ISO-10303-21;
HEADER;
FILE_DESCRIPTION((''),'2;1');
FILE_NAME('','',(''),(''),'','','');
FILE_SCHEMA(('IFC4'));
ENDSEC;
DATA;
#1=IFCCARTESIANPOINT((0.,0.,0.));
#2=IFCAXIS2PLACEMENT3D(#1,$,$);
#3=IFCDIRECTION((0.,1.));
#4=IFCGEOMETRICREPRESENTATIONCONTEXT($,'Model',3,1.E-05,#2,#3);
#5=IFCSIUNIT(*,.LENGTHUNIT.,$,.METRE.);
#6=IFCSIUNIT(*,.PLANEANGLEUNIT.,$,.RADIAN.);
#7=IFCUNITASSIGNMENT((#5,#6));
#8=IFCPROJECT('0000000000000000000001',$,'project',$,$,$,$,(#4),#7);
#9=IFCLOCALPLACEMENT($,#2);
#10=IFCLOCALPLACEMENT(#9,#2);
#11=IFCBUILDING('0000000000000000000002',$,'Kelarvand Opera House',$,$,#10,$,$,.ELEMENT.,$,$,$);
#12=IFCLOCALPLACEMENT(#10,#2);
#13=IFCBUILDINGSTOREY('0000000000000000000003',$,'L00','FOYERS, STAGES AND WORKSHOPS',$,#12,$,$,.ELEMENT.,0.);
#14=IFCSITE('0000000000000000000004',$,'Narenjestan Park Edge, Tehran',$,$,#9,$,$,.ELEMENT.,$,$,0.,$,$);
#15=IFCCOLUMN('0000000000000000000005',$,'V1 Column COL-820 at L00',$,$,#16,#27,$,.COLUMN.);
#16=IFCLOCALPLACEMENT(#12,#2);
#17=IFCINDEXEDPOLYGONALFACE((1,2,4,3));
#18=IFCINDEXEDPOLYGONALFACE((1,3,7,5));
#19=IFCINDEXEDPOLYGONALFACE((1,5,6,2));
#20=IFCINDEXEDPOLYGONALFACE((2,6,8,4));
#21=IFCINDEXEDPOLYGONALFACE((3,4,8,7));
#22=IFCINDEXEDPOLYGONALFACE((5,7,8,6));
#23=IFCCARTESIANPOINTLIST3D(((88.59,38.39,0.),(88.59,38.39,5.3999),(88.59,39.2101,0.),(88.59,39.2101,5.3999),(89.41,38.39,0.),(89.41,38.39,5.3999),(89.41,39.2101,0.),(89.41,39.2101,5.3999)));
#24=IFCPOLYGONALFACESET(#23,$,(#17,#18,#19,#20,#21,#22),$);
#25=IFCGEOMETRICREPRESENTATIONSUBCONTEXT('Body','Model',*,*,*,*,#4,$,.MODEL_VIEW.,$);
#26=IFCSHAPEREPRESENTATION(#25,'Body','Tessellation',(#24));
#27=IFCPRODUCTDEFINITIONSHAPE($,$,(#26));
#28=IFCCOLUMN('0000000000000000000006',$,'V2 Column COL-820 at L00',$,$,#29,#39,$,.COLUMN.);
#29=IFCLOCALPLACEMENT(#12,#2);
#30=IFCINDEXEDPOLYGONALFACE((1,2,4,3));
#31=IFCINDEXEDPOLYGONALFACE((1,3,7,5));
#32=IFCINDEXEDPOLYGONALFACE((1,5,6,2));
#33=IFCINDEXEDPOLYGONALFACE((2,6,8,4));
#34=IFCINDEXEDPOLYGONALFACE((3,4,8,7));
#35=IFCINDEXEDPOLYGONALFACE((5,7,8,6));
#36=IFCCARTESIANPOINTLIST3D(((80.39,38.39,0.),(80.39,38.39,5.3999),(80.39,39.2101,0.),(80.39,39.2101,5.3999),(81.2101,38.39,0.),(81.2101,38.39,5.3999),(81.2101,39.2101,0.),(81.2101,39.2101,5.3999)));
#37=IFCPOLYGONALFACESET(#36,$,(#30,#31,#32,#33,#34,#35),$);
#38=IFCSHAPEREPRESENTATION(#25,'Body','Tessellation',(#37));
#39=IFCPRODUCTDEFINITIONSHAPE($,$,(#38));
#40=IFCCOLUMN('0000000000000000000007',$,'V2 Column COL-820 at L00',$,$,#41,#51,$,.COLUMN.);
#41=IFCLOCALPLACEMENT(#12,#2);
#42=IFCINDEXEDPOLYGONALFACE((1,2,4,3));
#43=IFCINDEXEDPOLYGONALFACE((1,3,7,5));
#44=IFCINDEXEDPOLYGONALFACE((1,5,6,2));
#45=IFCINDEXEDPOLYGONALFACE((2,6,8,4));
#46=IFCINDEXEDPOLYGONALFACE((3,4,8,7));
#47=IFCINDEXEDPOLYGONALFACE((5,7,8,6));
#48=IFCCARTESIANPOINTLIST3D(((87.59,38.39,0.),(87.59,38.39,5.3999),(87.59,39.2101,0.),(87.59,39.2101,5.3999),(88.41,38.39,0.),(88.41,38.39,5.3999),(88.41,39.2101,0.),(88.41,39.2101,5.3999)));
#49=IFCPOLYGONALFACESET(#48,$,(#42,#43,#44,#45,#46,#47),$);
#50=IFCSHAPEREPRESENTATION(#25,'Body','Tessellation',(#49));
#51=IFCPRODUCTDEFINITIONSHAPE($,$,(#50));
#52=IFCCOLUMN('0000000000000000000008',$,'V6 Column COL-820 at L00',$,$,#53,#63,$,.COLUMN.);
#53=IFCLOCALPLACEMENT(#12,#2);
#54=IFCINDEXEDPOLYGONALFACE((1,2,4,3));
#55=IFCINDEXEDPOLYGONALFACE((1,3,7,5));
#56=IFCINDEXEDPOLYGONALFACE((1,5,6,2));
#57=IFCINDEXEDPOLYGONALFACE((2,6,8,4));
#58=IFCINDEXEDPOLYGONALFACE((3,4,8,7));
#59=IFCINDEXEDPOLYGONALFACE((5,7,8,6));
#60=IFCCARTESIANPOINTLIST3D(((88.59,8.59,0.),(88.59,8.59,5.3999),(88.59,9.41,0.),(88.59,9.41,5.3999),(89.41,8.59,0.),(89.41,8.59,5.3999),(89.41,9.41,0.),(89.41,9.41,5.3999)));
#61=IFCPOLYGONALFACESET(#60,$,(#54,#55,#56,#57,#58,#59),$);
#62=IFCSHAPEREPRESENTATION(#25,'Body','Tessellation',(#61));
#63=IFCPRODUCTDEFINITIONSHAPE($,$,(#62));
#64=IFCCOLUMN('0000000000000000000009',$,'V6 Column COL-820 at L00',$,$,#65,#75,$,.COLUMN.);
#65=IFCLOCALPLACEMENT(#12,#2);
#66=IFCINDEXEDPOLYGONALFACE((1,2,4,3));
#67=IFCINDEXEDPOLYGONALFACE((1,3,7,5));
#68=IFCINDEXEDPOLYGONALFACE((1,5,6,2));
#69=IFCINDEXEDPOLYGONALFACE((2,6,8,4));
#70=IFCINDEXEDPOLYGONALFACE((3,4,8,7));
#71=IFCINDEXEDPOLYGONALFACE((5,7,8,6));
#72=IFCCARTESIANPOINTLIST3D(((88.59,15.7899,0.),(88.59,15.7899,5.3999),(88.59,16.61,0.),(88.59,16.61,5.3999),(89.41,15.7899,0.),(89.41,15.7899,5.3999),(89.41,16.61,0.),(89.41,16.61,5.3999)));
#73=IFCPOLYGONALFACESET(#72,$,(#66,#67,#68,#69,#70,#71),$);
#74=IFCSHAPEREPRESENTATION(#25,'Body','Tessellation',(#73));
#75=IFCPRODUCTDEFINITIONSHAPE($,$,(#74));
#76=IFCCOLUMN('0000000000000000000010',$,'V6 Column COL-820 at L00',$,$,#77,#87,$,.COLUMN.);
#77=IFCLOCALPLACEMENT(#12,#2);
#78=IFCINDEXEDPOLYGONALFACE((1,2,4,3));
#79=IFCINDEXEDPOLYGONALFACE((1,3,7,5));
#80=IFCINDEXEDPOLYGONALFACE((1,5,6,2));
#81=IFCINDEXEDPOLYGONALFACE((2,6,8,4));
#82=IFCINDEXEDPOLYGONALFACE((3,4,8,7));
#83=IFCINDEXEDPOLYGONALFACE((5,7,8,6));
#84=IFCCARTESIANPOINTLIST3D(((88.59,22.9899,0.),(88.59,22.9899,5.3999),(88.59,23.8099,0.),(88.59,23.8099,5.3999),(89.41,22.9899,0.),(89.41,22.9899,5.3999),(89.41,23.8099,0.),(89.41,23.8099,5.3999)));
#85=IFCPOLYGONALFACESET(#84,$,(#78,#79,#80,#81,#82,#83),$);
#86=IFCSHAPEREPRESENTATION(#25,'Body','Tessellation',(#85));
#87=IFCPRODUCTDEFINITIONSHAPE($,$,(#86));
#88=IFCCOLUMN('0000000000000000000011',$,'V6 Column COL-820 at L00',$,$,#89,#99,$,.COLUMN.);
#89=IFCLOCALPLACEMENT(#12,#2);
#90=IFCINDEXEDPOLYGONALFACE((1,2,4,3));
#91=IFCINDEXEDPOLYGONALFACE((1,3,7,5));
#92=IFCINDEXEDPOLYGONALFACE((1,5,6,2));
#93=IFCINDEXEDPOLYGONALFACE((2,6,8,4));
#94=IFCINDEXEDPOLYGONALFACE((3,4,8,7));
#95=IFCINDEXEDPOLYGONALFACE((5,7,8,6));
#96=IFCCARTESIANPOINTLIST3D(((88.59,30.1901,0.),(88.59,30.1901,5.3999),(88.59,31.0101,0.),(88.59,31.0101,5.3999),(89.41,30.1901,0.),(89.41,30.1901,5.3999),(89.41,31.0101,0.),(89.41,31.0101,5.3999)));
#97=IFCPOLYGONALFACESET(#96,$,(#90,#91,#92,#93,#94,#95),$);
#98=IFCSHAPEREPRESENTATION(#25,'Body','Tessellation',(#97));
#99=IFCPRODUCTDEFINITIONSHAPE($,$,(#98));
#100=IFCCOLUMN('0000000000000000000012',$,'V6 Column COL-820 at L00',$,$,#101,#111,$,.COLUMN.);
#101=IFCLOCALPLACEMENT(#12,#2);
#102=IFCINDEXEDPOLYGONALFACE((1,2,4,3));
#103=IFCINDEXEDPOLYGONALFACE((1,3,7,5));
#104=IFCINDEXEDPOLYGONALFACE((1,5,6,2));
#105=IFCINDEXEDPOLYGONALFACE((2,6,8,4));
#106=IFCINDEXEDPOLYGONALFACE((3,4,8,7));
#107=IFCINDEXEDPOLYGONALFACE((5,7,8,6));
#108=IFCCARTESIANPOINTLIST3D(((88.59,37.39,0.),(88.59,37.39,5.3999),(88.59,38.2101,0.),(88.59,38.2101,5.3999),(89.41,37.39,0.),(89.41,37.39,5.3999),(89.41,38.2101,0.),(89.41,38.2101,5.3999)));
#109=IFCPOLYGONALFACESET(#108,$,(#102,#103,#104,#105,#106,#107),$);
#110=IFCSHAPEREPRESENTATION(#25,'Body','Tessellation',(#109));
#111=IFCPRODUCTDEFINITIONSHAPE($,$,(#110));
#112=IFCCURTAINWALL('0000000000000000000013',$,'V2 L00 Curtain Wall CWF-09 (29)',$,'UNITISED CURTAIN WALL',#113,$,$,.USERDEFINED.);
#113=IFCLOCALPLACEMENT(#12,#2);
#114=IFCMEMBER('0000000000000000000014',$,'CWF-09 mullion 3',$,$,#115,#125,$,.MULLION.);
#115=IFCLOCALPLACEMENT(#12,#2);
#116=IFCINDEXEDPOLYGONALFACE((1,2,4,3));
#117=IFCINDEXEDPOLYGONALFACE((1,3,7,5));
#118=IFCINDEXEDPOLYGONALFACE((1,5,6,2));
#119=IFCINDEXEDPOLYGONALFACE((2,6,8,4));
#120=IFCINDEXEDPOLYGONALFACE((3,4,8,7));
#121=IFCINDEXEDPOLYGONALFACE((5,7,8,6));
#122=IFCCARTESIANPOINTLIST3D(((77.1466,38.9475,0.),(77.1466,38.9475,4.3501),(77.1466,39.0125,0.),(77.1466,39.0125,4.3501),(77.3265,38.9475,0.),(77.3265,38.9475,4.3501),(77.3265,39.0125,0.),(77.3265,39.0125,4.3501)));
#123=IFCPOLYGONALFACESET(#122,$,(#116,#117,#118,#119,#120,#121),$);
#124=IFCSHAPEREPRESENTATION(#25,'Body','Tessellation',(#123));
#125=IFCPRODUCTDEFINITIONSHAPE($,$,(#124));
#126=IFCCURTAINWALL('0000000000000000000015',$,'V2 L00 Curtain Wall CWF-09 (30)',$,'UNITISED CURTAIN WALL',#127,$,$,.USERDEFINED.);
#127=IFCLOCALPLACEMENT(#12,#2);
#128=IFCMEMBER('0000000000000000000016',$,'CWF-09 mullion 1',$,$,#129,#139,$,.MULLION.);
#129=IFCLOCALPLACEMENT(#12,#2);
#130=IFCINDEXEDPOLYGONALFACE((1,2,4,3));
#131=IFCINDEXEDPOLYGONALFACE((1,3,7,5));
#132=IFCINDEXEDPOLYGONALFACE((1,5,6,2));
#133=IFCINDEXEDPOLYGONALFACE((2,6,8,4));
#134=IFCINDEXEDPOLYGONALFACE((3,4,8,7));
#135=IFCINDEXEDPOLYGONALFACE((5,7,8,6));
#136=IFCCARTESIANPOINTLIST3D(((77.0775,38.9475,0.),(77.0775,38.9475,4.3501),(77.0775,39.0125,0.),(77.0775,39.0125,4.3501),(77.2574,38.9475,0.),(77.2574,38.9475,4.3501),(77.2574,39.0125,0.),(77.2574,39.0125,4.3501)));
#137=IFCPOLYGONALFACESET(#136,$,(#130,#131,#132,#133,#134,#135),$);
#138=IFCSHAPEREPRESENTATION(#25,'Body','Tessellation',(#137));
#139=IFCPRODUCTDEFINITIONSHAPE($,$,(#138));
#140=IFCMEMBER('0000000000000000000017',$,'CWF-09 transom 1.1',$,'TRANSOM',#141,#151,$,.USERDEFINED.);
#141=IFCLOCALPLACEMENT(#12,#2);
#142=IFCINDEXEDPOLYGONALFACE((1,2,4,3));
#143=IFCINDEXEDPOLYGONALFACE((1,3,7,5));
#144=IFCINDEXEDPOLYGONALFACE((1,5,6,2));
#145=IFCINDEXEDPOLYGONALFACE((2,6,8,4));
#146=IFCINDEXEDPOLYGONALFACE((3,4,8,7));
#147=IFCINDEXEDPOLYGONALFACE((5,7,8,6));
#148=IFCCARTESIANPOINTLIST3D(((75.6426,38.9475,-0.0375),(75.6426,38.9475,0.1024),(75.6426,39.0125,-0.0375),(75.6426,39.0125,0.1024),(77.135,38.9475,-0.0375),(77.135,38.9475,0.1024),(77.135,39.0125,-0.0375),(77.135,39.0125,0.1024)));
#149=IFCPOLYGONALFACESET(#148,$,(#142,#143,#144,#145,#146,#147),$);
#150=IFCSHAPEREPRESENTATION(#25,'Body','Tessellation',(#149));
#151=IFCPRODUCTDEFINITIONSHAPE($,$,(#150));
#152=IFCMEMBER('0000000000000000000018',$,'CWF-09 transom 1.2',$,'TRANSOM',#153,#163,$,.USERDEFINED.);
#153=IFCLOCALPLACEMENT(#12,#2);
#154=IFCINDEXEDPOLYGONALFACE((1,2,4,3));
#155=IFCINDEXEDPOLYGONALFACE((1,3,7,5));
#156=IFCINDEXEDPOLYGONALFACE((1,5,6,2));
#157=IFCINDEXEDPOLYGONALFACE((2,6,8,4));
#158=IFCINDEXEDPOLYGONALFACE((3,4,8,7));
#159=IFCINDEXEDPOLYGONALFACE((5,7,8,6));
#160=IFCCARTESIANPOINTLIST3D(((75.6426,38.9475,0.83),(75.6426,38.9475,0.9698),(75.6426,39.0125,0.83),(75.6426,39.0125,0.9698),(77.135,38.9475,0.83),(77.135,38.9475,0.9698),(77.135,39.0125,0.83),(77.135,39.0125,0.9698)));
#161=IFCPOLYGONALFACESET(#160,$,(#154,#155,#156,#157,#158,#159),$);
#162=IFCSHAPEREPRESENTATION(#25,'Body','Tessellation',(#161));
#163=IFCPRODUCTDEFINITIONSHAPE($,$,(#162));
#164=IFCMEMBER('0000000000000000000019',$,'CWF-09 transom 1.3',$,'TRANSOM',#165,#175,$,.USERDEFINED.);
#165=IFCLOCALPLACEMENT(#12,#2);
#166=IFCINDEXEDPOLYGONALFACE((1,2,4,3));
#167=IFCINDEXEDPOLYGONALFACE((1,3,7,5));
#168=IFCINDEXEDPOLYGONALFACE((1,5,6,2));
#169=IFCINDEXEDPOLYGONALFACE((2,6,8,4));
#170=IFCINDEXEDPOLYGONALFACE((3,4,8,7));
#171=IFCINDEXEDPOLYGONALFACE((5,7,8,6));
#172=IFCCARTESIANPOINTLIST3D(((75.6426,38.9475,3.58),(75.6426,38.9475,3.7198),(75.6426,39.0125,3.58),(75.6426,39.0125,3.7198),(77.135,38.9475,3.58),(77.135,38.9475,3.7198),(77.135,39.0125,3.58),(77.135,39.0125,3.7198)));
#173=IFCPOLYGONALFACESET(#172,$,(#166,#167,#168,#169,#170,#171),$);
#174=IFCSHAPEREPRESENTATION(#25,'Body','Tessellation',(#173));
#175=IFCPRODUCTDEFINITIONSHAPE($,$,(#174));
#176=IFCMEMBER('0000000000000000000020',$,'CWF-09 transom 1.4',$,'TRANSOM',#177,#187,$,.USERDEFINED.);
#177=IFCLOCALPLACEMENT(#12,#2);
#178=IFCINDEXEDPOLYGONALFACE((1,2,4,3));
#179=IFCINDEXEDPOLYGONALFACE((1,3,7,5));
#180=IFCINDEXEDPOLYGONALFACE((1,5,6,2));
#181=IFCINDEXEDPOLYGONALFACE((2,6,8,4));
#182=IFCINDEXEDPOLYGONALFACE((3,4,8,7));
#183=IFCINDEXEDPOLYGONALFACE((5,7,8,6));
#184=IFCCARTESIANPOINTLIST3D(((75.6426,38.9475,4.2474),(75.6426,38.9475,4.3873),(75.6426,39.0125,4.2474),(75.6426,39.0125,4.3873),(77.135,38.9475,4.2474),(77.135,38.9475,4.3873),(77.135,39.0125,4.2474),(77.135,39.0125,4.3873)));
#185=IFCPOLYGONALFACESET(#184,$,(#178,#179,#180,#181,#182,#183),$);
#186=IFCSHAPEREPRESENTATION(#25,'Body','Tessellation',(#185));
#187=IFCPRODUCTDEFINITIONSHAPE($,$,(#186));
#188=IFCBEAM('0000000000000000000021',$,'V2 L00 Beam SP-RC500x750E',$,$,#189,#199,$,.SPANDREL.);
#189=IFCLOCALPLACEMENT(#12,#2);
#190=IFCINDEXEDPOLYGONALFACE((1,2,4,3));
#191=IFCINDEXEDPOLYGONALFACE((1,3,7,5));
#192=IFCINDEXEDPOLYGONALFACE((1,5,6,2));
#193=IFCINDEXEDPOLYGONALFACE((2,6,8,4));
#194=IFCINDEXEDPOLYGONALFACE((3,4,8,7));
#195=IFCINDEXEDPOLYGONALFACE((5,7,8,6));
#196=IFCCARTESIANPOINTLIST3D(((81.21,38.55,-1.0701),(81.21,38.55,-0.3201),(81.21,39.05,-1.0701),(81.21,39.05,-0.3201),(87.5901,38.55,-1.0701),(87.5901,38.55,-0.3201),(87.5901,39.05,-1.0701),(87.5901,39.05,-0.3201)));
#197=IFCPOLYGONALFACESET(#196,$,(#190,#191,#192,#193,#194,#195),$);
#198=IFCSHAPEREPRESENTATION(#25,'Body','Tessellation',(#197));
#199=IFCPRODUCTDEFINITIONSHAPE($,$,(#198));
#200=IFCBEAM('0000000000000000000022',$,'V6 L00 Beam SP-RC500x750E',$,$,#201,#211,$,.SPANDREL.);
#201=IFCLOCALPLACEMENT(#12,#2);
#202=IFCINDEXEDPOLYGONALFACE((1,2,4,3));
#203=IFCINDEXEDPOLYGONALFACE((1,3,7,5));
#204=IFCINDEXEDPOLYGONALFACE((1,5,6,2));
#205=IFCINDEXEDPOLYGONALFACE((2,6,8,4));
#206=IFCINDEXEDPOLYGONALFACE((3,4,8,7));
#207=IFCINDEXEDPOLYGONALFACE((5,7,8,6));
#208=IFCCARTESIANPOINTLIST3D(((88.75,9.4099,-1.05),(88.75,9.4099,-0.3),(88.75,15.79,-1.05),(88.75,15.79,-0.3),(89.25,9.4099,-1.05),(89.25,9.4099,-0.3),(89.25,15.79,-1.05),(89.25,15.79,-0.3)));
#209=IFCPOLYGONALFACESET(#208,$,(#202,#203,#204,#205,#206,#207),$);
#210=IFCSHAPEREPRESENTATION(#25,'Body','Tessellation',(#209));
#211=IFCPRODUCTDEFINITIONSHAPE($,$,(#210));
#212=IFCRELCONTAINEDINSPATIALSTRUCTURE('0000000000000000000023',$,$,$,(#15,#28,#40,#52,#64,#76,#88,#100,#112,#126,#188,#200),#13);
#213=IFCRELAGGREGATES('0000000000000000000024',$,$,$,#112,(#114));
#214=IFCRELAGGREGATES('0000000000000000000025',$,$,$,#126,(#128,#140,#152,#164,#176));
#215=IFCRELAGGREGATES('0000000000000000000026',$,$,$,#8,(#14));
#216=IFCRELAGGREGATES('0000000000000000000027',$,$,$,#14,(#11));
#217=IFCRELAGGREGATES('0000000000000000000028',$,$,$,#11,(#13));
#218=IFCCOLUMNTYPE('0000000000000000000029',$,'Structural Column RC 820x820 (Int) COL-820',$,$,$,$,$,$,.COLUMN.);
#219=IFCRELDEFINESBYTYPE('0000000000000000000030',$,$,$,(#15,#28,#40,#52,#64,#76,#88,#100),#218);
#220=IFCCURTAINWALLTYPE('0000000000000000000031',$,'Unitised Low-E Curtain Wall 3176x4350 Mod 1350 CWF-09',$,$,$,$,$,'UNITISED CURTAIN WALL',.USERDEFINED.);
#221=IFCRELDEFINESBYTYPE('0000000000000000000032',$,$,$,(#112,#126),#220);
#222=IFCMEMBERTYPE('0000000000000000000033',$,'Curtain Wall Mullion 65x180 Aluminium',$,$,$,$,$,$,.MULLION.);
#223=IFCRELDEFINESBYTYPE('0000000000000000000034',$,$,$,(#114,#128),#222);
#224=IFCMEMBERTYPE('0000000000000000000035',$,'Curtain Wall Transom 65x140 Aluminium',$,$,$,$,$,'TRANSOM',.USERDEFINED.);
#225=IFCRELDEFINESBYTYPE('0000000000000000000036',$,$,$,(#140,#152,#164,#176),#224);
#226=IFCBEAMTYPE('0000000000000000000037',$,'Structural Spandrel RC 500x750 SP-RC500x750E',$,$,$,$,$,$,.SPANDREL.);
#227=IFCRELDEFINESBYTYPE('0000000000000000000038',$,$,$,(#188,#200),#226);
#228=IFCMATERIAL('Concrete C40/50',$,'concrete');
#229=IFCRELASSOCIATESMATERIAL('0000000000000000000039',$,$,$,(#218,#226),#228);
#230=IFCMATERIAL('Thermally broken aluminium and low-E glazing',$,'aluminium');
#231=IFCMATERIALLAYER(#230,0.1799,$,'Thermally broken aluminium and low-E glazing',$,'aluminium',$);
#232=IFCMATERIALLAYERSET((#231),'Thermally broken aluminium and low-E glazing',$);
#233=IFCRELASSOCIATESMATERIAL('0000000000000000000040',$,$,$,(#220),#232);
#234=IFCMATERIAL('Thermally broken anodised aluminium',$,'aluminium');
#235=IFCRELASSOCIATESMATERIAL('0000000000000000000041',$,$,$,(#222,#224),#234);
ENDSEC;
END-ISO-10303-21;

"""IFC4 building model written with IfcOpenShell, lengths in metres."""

from ifc_helpers import new_model, si_unit, direction, frame, origin, origin_2d, place, context, subcontext, project, spatial, rectangle, extrude, material, layer, layer_set, material_profile, profile_set, type_object, element, aggregate, save


model = new_model("IFC4")

# Units and contexts
model_context = context("Model", 3, precision=1e-05, world=origin(), true_north=direction((0.0, 1.0)))
body_context = subcontext(model_context, "Body", "Model", "MODEL_VIEW")
ifc_project = project(units=[si_unit("LENGTHUNIT", "METRE"), si_unit("PLANEANGLEUNIT", "RADIAN")], contexts=[model_context])

# Site, building, storey
site_placement = place(None, origin())
site = spatial("IfcSite", under=ifc_project, at=site_placement, Name="Narenjestan Park Edge, Tehran", CompositionType="ELEMENT", RefElevation=0.0)
building_placement = place(site_placement, origin())
building = spatial("IfcBuilding", under=site, at=building_placement, Name="Kelarvand Opera House", CompositionType="ELEMENT")
storey_placement = place(building_placement, origin())
storey = spatial("IfcBuildingStorey", under=building, at=storey_placement, Name="L00", Description="FOYERS, STAGES AND WORKSHOPS", CompositionType="ELEMENT", Elevation=0.0)

# Columns
ifc_material_1 = material(Name="Concrete C40/50", Category="concrete")
ifc_material_profile_1 = material_profile(ifc_material_1, rectangle(XDim=0.8201, YDim=0.8201, at=origin_2d()), Name="RC 820x820", Category="concrete")
ifc_profile_set_1 = profile_set([ifc_material_profile_1], Name="Concrete C40/50")
column_type = type_object("IfcColumnType", Name="Structural Column RC 820x820 (Int) COL-820", PredefinedType="COLUMN", material=ifc_profile_set_1)
for number, where, z_axis, x_axis, name in (
    (1, (89.0, 38.8, 0.0), (0.0, 0.0, 1.0), (1.0, 0.0, 0.0), "V1 Column COL-820 at L00"),
    (2, (80.8, 38.8, 0.0), (0.0, 0.0, 1.0), (1.0, 0.0, 0.0), "V2 Column COL-820 at L00"),
    (3, (88.0, 38.8, 0.0), (0.0, 0.0, 1.0), (1.0, 0.0, 0.0), "V2 Column COL-820 at L00"),
    (4, (89.0, 9.0, 0.0), (0.0, 0.0, 1.0), (1.0, 0.0, 0.0), "V6 Column COL-820 at L00"),
    (5, (89.0, 16.2, 0.0), (0.0, 0.0, 1.0), (1.0, 0.0, 0.0), "V6 Column COL-820 at L00"),
    (6, (89.0, 23.3999, 0.0), (0.0, 0.0, 1.0), (1.0, 0.0, 0.0), "V6 Column COL-820 at L00"),
    (7, (89.0, 30.6001, 0.0), (0.0, 0.0, 1.0), (1.0, 0.0, 0.0), "V6 Column COL-820 at L00"),
    (8, (89.0, 37.8, 0.0), (0.0, 0.0, 1.0), (1.0, 0.0, 0.0), "V6 Column COL-820 at L00"),
):
    element("IfcColumn", number, at=place(storey_placement, frame(where, z_axis=z_axis, x_axis=x_axis)), inside=storey, type_object=column_type, Name=name, PredefinedType="COLUMN", context=body_context, shape_type="SweptSolid", body=[
        extrude(rectangle(XDim=0.8201, YDim=0.8201, at=origin_2d()), origin(), (0.0, 0.0, 1.0), 5.3999),
    ])

# Curtain wall, member
ifc_material_2 = material(Name="Thermally broken aluminium and low-E glazing", Category="aluminium")
ifc_layer_1 = layer(ifc_material_2, 0.1799, Name="Thermally broken aluminium and low-E glazing", Category="aluminium")
ifc_layer_set_1 = layer_set([ifc_layer_1], Name="Thermally broken aluminium and low-E glazing")
curtain_wall_type = type_object("IfcCurtainWallType", Name="Unitised Low-E Curtain Wall 3176x4350 Mod 1350 CWF-09", ElementType="UNITISED CURTAIN WALL", PredefinedType="USERDEFINED", material=ifc_layer_set_1)
curtain_wall_1_placement = place(storey_placement, origin())
curtain_wall_1 = element("IfcCurtainWall", 9, at=curtain_wall_1_placement, inside=storey, type_object=curtain_wall_type, Name="V2 L00 Curtain Wall CWF-09 (29)", ObjectType="UNITISED CURTAIN WALL", PredefinedType="USERDEFINED")
ifc_material_3 = material(Name="Thermally broken anodised aluminium", Category="aluminium")
ifc_material_profile_2 = material_profile(ifc_material_3, rectangle(XDim=0.0649, YDim=0.1799, at=origin_2d()), Name="ALU MULLION 65x180", Category="aluminium")
ifc_profile_set_2 = profile_set([ifc_material_profile_2], Name="Thermally broken anodised aluminium")
member_type_1 = type_object("IfcMemberType", Name="Curtain Wall Mullion 65x180 Aluminium", PredefinedType="MULLION", material=ifc_profile_set_2)
member_1_placement = place(storey_placement, frame((77.2366, 38.98, 0.0), z_axis=(0.0, 0.0, 1.0), x_axis=(0.0, -1.0, 0.0)))
member_1 = element("IfcMember", 10, at=member_1_placement, type_object=member_type_1, Name="CWF-09 mullion 3", PredefinedType="MULLION", context=body_context, shape_type="SweptSolid", body=[
    extrude(rectangle(XDim=0.0649, YDim=0.1799, at=origin_2d()), origin(), (0.0, 0.0, 1.0), 4.3501),
])
aggregate(curtain_wall_1, [member_1])

# Curtain wall, members
curtain_wall_2_placement = place(storey_placement, origin())
curtain_wall_2 = element("IfcCurtainWall", 11, at=curtain_wall_2_placement, inside=storey, type_object=curtain_wall_type, Name="V2 L00 Curtain Wall CWF-09 (30)", ObjectType="UNITISED CURTAIN WALL", PredefinedType="USERDEFINED")
member_2_placement = place(storey_placement, frame((77.1675, 38.98, 0.0), z_axis=(0.0, 0.0, 1.0), x_axis=(0.0, -1.0, 0.0)))
member_2 = element("IfcMember", 12, at=member_2_placement, type_object=member_type_1, Name="CWF-09 mullion 1", PredefinedType="MULLION", context=body_context, shape_type="SweptSolid", body=[
    extrude(rectangle(XDim=0.0649, YDim=0.1799, at=origin_2d()), origin(), (0.0, 0.0, 1.0), 4.3501),
])
ifc_material_profile_3 = material_profile(ifc_material_3, rectangle(XDim=0.0649, YDim=0.1399, at=origin_2d()), Name="ALU TRANSOM 65x140", Category="aluminium")
ifc_profile_set_3 = profile_set([ifc_material_profile_3], Name="Thermally broken anodised aluminium")
member_type_2 = type_object("IfcMemberType", Name="Curtain Wall Transom 65x140 Aluminium", ElementType="TRANSOM", PredefinedType="USERDEFINED", material=ifc_profile_set_3)
member_3_placement = place(storey_placement, frame((77.135, 38.98, 0.0325), z_axis=(-1.0, 0.0, 0.0), x_axis=(0.0, -1.0, 0.0)))
member_3 = element("IfcMember", 13, at=member_3_placement, type_object=member_type_2, Name="CWF-09 transom 1.1", ObjectType="TRANSOM", PredefinedType="USERDEFINED", context=body_context, shape_type="SweptSolid", body=[
    extrude(rectangle(XDim=0.0649, YDim=0.1399, at=origin_2d()), origin(), (0.0, 0.0, 1.0), 1.4924),
])
member_4_placement = place(storey_placement, frame((77.135, 38.98, 0.8999), z_axis=(-1.0, 0.0, 0.0), x_axis=(0.0, -1.0, 0.0)))
member_4 = element("IfcMember", 14, at=member_4_placement, type_object=member_type_2, Name="CWF-09 transom 1.2", ObjectType="TRANSOM", PredefinedType="USERDEFINED", context=body_context, shape_type="SweptSolid", body=[
    extrude(rectangle(XDim=0.0649, YDim=0.1399, at=origin_2d()), origin(), (0.0, 0.0, 1.0), 1.4924),
])
member_5_placement = place(storey_placement, frame((77.135, 38.98, 3.6499), z_axis=(-1.0, 0.0, 0.0), x_axis=(0.0, -1.0, 0.0)))
member_5 = element("IfcMember", 15, at=member_5_placement, type_object=member_type_2, Name="CWF-09 transom 1.3", ObjectType="TRANSOM", PredefinedType="USERDEFINED", context=body_context, shape_type="SweptSolid", body=[
    extrude(rectangle(XDim=0.0649, YDim=0.1399, at=origin_2d()), origin(), (0.0, 0.0, 1.0), 1.4924),
])
member_6_placement = place(storey_placement, frame((77.135, 38.98, 4.3174), z_axis=(-1.0, 0.0, 0.0), x_axis=(0.0, -1.0, 0.0)))
member_6 = element("IfcMember", 16, at=member_6_placement, type_object=member_type_2, Name="CWF-09 transom 1.4", ObjectType="TRANSOM", PredefinedType="USERDEFINED", context=body_context, shape_type="SweptSolid", body=[
    extrude(rectangle(XDim=0.0649, YDim=0.1399, at=origin_2d()), origin(), (0.0, 0.0, 1.0), 1.4924),
])

# Beams
ifc_material_profile_4 = material_profile(ifc_material_1, rectangle(XDim=0.5, YDim=0.75, at=origin_2d()), Name="RC 500x750", Category="concrete")
ifc_profile_set_4 = profile_set([ifc_material_profile_4], Name="Concrete C40/50")
beam_type = type_object("IfcBeamType", Name="Structural Spandrel RC 500x750 SP-RC500x750E", PredefinedType="SPANDREL", material=ifc_profile_set_4)
for number, where, z_axis, x_axis, name in (
    (17, (81.21, 38.8, -0.6951), (1.0, 0.0, 0.0), (0.0, 1.0, 0.0), "V2 L00 Beam SP-RC500x750E"),
    (18, (89.0, 9.4099, -0.675), (0.0, 1.0, 0.0), (-1.0, 0.0, 0.0), "V6 L00 Beam SP-RC500x750E"),
):
    element("IfcBeam", number, at=place(storey_placement, frame(where, z_axis=z_axis, x_axis=x_axis)), inside=storey, type_object=beam_type, Name=name, PredefinedType="SPANDREL", context=body_context, shape_type="SweptSolid", body=[
        extrude(rectangle(XDim=0.5, YDim=0.75, at=origin_2d()), origin(), (0.0, 0.0, 1.0), 6.3801),
    ])

aggregate(curtain_wall_2, [member_2, member_3, member_4, member_5, member_6])

save(model, "model.ifc")
